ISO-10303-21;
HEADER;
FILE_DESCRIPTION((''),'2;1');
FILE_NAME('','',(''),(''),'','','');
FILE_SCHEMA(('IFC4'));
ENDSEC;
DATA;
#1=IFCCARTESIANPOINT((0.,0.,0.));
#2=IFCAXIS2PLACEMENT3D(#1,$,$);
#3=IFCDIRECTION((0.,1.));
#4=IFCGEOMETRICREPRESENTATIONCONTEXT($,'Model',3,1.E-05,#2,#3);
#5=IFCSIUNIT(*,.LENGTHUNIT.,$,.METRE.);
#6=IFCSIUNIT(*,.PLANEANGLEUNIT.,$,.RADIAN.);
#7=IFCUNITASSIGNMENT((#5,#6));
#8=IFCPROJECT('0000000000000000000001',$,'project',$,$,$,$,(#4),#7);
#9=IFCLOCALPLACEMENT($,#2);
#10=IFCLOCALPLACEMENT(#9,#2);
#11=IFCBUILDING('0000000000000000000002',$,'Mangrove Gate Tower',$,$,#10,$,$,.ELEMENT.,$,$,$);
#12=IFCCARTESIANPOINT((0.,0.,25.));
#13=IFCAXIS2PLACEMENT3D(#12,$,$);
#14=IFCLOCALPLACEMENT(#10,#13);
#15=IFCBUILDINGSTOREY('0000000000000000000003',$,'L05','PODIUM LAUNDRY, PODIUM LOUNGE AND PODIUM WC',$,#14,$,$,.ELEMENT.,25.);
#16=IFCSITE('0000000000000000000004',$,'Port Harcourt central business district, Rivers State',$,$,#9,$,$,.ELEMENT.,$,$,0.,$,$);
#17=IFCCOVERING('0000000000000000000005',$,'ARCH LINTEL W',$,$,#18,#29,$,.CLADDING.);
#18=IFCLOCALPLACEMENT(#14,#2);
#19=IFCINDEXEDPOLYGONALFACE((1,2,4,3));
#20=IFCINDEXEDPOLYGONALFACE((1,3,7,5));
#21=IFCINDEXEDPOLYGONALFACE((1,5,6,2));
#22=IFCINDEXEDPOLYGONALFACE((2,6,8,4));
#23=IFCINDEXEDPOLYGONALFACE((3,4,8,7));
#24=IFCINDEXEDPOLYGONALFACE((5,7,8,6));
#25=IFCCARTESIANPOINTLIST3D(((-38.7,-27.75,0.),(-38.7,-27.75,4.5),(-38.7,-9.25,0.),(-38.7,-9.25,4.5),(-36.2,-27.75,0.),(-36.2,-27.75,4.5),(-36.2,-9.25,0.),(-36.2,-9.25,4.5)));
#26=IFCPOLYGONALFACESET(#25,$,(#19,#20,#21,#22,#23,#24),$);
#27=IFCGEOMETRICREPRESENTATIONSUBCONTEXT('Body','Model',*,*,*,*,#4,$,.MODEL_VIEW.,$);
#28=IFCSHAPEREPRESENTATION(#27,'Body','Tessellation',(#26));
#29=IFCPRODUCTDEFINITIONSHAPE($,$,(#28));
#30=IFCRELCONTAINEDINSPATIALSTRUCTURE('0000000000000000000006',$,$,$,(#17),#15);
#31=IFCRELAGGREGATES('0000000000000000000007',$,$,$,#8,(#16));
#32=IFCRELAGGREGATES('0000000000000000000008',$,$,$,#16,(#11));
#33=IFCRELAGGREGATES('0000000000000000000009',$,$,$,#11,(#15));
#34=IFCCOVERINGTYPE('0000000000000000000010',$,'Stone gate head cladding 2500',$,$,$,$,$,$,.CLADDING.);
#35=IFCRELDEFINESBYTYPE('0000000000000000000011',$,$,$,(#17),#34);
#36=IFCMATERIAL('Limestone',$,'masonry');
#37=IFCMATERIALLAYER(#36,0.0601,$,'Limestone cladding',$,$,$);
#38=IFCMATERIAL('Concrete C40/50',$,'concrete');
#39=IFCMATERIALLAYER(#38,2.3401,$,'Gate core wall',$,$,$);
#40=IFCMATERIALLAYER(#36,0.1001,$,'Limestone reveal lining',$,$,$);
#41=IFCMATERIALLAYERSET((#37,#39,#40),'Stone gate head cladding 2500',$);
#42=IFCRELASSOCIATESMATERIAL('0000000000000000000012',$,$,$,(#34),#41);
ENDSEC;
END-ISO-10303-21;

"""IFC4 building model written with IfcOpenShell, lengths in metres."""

from ifc_helpers import new_model, si_unit, direction, frame, frame_2d, origin, place, context, subcontext, project, spatial, rectangle, extrude, material, layer, layer_set, type_object, element, save


model = new_model("IFC4")

# Units and contexts
model_context = context("Model", 3, precision=1e-05, world=origin(), true_north=direction((0.0, 1.0)))
body_context = subcontext(model_context, "Body", "Model", "MODEL_VIEW")
ifc_project = project(units=[si_unit("LENGTHUNIT", "METRE"), si_unit("PLANEANGLEUNIT", "RADIAN")], contexts=[model_context])

# Site, building, storey
site_placement = place(None, origin())
site = spatial("IfcSite", under=ifc_project, at=site_placement, Name="Port Harcourt central business district, Rivers State", CompositionType="ELEMENT", RefElevation=0.0)
building_placement = place(site_placement, origin())
building = spatial("IfcBuilding", under=site, at=building_placement, Name="Mangrove Gate Tower", CompositionType="ELEMENT")
storey_placement = place(building_placement, frame((0.0, 0.0, 25.0)))
storey = spatial("IfcBuildingStorey", under=building, at=storey_placement, Name="L05", Description="PODIUM LAUNDRY, PODIUM LOUNGE AND PODIUM WC", CompositionType="ELEMENT", Elevation=25.0)

# Shared definitions
ifc_material_1 = material(Name="Limestone", Category="masonry")

# Shared definitions
ifc_material_2 = material(Name="Concrete C40/50", Category="concrete")

# Covering
ifc_layer_1 = layer(ifc_material_1, 0.0601, Name="Limestone cladding")
ifc_layer_2 = layer(ifc_material_2, 2.3401, Name="Gate core wall")
ifc_layer_3 = layer(ifc_material_1, 0.1001, Name="Limestone reveal lining")
ifc_layer_set_1 = layer_set([ifc_layer_1, ifc_layer_2, ifc_layer_3], Name="Stone gate head cladding 2500")
covering_type = type_object("IfcCoveringType", Name="Stone gate head cladding 2500", PredefinedType="CLADDING", material=ifc_layer_set_1)
covering_placement = place(storey_placement, frame((-37.45, -27.75, 0.0), z_axis=(0.0, 0.0, 1.0), x_axis=(0.0, 1.0, 0.0)))
element("IfcCovering", 1, at=covering_placement, inside=storey, type_object=covering_type, Name="ARCH LINTEL W", PredefinedType="CLADDING", context=body_context, shape_type="SweptSolid", body=[
    extrude(rectangle(XDim=18.5, YDim=2.5, at=frame_2d((9.25, 0.0))), origin(), (0.0, 0.0, 1.0), 4.5),
])

save(model, "model.ifc")
